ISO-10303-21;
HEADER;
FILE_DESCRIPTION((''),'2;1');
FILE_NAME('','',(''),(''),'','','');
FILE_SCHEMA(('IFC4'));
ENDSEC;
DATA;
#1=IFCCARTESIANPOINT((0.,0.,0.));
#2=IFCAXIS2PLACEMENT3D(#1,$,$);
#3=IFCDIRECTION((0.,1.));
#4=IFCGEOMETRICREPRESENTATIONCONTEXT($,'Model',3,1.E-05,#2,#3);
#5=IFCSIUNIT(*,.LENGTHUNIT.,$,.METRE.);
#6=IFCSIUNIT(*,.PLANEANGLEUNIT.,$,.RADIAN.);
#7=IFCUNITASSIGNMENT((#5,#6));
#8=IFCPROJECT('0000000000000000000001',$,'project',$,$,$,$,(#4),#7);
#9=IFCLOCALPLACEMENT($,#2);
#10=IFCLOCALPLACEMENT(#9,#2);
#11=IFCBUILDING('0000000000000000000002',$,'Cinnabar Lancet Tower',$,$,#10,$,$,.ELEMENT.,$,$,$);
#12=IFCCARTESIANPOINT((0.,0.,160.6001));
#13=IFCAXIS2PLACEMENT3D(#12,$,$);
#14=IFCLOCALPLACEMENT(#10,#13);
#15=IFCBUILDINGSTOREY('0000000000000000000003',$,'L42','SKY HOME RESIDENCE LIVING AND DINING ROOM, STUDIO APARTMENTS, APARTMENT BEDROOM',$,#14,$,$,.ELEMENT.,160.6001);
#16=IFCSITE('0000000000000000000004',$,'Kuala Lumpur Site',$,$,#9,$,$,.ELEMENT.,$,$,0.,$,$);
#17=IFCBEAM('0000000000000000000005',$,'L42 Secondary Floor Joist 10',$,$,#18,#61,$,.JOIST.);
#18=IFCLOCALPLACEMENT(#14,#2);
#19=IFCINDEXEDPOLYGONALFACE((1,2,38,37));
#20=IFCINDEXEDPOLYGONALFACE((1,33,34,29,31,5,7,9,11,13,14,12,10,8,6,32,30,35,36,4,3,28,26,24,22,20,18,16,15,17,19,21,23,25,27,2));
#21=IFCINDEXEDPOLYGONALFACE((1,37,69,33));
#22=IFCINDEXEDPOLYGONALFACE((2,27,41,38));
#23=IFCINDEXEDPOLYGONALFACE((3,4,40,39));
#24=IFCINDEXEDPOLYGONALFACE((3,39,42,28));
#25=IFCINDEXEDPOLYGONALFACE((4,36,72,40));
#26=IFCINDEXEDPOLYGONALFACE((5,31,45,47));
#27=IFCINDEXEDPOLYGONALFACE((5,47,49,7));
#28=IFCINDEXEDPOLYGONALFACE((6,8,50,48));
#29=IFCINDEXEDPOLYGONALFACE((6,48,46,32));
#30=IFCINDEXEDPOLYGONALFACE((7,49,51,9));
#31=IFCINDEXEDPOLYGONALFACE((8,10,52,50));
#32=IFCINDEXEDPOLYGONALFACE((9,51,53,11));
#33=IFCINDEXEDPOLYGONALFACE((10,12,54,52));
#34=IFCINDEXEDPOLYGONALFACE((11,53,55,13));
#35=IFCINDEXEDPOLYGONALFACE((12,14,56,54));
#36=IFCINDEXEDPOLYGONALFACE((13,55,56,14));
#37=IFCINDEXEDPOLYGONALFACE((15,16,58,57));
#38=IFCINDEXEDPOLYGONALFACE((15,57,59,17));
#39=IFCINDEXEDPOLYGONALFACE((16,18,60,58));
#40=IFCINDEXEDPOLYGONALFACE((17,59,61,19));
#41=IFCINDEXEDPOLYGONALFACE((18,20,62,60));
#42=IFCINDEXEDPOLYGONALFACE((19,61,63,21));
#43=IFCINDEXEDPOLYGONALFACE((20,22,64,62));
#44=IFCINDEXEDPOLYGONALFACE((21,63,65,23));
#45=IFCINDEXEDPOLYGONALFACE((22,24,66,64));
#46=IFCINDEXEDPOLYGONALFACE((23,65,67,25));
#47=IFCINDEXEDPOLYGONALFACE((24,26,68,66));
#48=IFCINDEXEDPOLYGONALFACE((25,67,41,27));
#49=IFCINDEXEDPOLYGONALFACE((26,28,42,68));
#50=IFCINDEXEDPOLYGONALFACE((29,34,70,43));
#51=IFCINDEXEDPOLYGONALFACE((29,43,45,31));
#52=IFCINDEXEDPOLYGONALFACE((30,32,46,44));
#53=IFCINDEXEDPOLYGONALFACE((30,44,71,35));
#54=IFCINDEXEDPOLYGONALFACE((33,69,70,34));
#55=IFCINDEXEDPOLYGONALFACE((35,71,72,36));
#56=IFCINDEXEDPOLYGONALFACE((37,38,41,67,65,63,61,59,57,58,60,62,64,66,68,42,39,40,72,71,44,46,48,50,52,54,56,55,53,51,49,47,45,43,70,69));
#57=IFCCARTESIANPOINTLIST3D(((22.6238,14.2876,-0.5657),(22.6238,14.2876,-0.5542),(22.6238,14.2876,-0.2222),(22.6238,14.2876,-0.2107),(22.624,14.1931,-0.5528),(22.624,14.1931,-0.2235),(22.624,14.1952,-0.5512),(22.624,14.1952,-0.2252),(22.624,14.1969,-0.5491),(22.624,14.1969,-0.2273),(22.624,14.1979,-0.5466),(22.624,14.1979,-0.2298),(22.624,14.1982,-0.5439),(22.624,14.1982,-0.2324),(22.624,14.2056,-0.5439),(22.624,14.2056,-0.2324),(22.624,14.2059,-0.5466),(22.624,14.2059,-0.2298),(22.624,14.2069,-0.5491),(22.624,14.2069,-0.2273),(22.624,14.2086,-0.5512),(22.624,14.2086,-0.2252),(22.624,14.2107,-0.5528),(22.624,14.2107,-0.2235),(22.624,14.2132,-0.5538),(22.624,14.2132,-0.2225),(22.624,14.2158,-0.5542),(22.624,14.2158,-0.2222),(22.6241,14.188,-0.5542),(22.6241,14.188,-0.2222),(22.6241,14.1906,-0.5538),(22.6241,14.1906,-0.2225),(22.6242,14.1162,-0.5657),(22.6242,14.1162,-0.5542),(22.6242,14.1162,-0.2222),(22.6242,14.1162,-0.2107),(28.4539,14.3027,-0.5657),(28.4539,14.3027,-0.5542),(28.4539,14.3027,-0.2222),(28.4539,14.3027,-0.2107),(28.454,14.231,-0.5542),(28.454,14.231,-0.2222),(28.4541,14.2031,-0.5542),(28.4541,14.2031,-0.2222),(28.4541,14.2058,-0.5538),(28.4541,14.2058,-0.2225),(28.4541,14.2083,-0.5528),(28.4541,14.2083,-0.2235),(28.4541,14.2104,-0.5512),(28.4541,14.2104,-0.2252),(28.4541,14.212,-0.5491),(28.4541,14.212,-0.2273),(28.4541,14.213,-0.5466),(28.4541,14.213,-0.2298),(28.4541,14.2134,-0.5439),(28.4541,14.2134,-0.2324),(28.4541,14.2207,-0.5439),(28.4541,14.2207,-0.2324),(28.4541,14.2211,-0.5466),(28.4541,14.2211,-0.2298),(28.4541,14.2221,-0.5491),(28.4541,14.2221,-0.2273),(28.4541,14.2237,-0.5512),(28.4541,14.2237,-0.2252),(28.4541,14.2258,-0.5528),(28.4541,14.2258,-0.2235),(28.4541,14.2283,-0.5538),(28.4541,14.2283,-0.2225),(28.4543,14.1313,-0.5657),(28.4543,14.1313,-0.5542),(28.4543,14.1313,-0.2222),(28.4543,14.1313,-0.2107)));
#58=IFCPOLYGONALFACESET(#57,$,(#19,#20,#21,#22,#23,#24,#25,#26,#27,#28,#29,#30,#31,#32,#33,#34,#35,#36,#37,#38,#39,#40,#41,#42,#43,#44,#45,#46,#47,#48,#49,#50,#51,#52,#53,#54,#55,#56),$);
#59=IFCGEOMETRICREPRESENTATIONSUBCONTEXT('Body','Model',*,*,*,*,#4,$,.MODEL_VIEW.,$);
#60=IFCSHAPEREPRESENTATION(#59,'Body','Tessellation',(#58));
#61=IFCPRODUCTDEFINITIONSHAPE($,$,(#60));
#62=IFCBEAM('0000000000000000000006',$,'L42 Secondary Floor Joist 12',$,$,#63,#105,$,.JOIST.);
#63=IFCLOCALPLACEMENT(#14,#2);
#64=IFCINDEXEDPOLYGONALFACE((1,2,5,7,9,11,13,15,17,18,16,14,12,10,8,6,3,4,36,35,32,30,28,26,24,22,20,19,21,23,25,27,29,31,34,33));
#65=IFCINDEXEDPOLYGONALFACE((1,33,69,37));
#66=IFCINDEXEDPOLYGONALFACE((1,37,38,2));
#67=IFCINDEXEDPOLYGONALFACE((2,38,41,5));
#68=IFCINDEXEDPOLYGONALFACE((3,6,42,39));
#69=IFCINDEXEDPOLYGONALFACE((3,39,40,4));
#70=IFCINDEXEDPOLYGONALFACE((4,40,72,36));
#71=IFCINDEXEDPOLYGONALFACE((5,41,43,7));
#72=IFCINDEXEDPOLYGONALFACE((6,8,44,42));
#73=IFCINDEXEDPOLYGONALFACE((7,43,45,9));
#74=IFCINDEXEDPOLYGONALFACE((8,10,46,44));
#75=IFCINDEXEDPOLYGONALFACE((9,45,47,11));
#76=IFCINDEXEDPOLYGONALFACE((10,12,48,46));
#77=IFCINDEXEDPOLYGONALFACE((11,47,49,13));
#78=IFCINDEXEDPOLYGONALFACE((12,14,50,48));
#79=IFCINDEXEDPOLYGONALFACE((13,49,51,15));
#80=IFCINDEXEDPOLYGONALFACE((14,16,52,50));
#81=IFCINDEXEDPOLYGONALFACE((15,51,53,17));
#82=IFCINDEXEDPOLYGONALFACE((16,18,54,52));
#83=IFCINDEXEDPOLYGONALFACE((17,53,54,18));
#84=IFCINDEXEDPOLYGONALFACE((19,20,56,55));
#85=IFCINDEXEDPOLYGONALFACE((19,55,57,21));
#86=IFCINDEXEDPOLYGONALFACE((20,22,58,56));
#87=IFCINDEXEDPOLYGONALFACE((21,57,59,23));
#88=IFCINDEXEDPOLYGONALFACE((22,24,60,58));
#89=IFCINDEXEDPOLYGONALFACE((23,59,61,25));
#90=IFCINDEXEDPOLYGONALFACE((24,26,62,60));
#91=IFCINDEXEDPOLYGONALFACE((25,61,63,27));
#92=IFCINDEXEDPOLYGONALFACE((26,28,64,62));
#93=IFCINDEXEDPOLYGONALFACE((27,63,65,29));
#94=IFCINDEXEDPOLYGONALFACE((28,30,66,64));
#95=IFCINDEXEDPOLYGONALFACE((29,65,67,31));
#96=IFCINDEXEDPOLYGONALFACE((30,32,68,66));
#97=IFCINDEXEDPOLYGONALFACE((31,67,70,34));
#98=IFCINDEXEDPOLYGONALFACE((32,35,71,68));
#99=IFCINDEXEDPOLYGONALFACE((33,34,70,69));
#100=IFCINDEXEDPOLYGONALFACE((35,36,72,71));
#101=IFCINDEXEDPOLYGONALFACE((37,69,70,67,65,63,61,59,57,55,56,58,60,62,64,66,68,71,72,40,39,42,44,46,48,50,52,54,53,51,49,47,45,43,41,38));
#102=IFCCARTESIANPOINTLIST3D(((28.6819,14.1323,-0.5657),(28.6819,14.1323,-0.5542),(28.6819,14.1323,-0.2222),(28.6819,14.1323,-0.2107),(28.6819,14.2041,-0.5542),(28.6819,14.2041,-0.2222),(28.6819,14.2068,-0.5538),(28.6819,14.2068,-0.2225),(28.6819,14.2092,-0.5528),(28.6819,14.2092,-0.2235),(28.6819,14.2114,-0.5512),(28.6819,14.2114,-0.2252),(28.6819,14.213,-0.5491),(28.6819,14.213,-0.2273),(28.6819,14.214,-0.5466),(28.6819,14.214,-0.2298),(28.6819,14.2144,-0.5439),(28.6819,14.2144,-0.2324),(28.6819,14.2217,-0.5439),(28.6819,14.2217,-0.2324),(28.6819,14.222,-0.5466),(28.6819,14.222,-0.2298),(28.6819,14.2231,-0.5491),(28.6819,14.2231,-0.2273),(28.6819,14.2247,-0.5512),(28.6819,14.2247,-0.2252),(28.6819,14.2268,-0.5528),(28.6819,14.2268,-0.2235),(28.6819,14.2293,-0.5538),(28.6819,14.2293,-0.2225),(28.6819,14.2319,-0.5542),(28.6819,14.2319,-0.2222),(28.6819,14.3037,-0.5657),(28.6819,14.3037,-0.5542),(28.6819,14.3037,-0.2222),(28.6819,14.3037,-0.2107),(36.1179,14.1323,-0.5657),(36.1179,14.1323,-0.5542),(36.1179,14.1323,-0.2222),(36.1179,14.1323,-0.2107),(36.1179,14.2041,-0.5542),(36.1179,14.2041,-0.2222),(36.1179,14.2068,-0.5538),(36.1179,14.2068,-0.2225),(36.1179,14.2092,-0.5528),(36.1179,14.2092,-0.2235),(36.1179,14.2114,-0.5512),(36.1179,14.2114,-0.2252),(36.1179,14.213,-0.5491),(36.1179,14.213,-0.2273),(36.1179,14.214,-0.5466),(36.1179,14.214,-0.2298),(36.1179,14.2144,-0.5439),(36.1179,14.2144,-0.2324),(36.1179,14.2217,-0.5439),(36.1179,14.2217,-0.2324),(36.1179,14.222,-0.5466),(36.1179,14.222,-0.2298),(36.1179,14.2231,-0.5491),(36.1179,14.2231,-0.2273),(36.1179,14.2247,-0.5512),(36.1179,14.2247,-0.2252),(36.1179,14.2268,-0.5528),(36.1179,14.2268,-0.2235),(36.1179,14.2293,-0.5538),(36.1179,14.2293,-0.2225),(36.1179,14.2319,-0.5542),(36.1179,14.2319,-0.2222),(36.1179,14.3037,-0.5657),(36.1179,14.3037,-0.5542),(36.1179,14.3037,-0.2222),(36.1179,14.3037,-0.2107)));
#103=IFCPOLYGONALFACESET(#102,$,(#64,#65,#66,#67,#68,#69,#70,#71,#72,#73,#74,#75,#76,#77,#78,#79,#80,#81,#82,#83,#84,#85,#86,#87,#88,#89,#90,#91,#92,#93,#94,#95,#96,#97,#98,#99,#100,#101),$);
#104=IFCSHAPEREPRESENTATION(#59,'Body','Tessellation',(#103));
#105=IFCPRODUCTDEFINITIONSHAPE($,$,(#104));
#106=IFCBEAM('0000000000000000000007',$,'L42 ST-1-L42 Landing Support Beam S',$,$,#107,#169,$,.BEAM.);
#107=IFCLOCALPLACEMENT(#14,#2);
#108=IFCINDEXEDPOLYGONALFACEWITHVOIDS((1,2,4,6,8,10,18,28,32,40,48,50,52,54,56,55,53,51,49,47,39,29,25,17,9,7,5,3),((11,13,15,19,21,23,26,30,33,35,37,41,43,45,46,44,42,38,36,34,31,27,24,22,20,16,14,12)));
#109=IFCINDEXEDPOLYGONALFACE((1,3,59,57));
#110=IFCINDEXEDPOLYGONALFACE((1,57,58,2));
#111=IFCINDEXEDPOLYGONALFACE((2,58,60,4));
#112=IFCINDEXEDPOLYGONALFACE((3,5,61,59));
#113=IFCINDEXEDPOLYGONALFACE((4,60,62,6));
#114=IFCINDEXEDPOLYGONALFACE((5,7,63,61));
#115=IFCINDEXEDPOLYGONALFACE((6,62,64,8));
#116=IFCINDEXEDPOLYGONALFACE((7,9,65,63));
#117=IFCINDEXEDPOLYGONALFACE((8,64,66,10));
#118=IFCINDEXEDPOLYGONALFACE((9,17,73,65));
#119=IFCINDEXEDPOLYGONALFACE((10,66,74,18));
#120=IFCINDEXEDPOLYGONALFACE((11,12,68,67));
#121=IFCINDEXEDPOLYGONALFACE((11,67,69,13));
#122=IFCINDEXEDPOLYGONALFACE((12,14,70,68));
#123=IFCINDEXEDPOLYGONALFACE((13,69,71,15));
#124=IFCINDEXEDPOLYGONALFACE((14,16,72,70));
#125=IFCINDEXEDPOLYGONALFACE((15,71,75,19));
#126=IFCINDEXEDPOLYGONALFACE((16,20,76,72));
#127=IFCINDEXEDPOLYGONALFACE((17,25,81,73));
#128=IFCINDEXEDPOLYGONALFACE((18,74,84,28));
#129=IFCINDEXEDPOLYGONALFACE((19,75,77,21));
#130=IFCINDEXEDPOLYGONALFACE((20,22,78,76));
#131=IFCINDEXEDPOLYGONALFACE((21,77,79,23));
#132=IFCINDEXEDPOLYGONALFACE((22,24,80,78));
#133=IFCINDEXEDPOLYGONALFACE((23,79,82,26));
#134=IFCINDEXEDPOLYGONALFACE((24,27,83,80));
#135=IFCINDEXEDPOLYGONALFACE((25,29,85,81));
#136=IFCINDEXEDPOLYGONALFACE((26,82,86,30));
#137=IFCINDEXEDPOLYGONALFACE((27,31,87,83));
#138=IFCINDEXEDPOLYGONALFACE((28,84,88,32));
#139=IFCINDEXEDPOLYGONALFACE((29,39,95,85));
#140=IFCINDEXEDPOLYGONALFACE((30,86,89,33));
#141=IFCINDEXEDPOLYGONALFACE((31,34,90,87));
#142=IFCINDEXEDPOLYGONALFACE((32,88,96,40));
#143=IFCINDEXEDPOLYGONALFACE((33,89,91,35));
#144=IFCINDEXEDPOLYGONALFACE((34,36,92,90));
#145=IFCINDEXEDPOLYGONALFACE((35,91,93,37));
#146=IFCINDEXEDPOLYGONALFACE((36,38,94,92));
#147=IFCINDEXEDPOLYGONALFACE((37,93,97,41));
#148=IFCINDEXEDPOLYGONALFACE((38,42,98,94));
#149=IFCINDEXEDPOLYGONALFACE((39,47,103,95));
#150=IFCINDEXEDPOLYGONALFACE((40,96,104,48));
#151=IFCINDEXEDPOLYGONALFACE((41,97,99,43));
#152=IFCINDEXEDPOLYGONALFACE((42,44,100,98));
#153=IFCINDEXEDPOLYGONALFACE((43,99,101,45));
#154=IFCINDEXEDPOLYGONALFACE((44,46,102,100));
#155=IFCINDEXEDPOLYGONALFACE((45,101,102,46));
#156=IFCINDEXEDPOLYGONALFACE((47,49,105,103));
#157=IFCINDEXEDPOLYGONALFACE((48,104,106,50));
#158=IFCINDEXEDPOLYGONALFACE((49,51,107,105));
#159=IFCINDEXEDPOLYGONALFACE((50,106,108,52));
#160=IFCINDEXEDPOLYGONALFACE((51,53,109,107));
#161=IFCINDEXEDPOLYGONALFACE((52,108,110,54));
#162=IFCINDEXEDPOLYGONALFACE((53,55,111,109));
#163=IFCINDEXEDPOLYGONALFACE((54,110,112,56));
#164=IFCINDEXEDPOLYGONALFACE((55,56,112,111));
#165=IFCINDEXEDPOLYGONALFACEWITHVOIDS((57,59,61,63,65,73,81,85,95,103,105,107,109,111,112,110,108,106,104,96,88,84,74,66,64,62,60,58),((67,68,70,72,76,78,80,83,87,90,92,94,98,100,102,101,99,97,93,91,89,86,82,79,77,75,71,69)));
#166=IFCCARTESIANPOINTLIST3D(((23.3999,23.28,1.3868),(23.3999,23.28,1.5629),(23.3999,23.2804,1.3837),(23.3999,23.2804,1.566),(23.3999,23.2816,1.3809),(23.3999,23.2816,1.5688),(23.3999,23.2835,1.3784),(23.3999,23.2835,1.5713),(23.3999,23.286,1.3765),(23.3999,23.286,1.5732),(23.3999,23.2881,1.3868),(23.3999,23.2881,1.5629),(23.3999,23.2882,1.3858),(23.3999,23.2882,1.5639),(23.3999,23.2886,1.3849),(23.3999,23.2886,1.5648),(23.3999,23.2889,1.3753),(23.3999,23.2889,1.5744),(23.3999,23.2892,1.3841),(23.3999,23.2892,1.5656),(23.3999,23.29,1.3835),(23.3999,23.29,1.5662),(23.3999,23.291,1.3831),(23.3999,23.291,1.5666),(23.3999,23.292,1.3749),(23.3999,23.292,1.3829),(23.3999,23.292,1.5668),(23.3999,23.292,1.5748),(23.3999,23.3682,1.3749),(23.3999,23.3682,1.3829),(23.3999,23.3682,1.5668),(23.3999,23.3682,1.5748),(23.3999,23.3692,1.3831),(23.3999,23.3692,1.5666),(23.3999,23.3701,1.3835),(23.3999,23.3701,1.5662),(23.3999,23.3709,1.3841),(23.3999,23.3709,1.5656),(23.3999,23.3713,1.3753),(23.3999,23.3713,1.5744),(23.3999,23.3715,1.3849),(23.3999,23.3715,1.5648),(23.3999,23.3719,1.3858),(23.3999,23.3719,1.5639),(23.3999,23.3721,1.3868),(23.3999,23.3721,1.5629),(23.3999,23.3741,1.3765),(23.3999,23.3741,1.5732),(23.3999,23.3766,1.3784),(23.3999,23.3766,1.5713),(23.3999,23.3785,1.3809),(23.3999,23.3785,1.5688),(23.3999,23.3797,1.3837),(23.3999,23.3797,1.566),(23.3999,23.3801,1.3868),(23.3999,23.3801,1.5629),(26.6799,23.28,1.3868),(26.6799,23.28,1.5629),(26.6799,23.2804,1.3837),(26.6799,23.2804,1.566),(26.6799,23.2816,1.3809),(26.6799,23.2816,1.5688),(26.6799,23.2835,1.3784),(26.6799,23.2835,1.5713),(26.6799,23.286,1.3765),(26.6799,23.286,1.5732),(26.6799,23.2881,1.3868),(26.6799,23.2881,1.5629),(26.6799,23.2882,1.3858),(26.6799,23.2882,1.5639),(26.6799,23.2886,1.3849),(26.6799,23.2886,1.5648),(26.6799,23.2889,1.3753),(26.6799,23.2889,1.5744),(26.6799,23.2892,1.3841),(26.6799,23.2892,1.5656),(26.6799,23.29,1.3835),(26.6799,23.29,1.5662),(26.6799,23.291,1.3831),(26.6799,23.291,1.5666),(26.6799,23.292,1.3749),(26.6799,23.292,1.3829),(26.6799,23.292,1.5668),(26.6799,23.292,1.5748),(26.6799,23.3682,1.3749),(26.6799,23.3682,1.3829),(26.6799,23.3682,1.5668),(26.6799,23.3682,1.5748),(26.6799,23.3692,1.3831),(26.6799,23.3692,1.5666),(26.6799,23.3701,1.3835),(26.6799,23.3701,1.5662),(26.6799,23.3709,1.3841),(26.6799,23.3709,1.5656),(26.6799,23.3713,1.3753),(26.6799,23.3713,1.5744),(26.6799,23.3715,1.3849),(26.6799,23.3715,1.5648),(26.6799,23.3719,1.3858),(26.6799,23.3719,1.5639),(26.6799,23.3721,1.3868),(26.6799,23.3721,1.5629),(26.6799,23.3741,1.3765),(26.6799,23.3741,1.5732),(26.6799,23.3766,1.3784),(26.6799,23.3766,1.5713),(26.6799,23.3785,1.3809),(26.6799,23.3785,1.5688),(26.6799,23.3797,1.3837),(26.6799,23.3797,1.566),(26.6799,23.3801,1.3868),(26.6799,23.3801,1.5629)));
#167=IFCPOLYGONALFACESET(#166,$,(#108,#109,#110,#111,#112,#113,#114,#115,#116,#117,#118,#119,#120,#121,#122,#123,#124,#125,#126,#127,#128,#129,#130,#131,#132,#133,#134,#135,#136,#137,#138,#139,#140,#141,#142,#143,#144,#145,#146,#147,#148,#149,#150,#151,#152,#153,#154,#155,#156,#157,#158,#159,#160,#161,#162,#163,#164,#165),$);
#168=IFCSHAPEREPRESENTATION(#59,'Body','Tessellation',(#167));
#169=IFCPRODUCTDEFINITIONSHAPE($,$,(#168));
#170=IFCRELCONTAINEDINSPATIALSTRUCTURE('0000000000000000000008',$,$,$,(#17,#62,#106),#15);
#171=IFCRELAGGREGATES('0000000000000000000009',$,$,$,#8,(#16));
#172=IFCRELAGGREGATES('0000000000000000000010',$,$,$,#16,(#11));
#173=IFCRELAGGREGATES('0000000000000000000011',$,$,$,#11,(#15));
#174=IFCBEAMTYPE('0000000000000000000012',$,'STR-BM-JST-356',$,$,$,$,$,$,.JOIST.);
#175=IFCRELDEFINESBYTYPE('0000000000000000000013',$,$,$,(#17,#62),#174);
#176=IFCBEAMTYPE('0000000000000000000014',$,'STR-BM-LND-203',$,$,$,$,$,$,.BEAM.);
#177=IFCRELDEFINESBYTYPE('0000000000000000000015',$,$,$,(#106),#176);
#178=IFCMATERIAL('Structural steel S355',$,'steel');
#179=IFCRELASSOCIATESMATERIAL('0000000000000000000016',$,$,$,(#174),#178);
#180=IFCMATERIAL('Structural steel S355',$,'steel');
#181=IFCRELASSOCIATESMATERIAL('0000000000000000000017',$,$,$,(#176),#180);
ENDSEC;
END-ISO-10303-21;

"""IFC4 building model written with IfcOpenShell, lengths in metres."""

from ifc_helpers import new_model, si_unit, direction, frame, origin, origin_2d, place, context, subcontext, project, spatial, hollow_rectangle, i_section, extrude, material, material_profile, profile_set, type_object, element, save


model = new_model("IFC4")

# Units and contexts
model_context = context("Model", 3, precision=1e-05, world=origin(), true_north=direction((0.0, 1.0)))
body_context = subcontext(model_context, "Body", "Model", "MODEL_VIEW")
ifc_project = project(units=[si_unit("LENGTHUNIT", "METRE"), si_unit("PLANEANGLEUNIT", "RADIAN")], contexts=[model_context])

# Site, building, storey
site_placement = place(None, origin())
site = spatial("IfcSite", under=ifc_project, at=site_placement, Name="Kuala Lumpur Site", CompositionType="ELEMENT", RefElevation=0.0)
building_placement = place(site_placement, origin())
building = spatial("IfcBuilding", under=site, at=building_placement, Name="Cinnabar Lancet Tower", CompositionType="ELEMENT")
storey_placement = place(building_placement, frame((0.0, 0.0, 160.6001)))
storey = spatial("IfcBuildingStorey", under=building, at=storey_placement, Name="L42", Description="SKY HOME RESIDENCE LIVING AND DINING ROOM, STUDIO APARTMENTS, APARTMENT BEDROOM", CompositionType="ELEMENT", Elevation=160.6001)

# Beams
ifc_material_1 = material(Name="Structural steel S355", Category="steel")
ifc_material_profile_1 = material_profile(ifc_material_1, i_section(OverallWidth=0.1714, OverallDepth=0.355, WebThickness=0.0073, FlangeThickness=0.0115, FilletRadius=0.0103, at=origin_2d()), Name="UKB 356x171x51")
ifc_profile_set_1 = profile_set([ifc_material_profile_1], Name="Structural steel S355")
beam_type_1 = type_object("IfcBeamType", Name="STR-BM-JST-356", PredefinedType="JOIST", material=ifc_profile_set_1)
beam_1_placement = place(storey_placement, frame((22.624, 14.2019, -0.3882), z_axis=(0.999997, 0.002596, 0.0), x_axis=(-0.002596, 0.999997, 0.0)))
element("IfcBeam", 1, at=beam_1_placement, inside=storey, type_object=beam_type_1, Name="L42 Secondary Floor Joist 10", PredefinedType="JOIST", context=body_context, shape_type="SweptSolid", body=[
    extrude(i_section(OverallWidth=0.1714, OverallDepth=0.355, WebThickness=0.0073, FlangeThickness=0.0115, FilletRadius=0.0103, at=origin_2d()), origin(), (0.0, 0.0, 1.0), 5.8301),
])
beam_2_placement = place(storey_placement, frame((28.6819, 14.218, -0.3882), z_axis=(1.0, 0.0, 0.0), x_axis=(0.0, 1.0, 0.0)))
element("IfcBeam", 2, at=beam_2_placement, inside=storey, type_object=beam_type_1, Name="L42 Secondary Floor Joist 12", PredefinedType="JOIST", context=body_context, shape_type="SweptSolid", body=[
    extrude(i_section(OverallWidth=0.1714, OverallDepth=0.355, WebThickness=0.0073, FlangeThickness=0.0115, FilletRadius=0.0103, at=origin_2d()), origin(), (0.0, 0.0, 1.0), 7.436),
])
ifc_material_2 = material(Name="Structural steel S355", Category="steel")
ifc_material_profile_2 = material_profile(ifc_material_2, hollow_rectangle(XDim=0.1001, YDim=0.2, WallThickness=0.0081, InnerFilletRadius=0.0039, OuterFilletRadius=0.012, at=origin_2d()), Name="RHS 200x100x8")
ifc_profile_set_2 = profile_set([ifc_material_profile_2], Name="Structural steel S355")
beam_type_2 = type_object("IfcBeamType", Name="STR-BM-LND-203", PredefinedType="BEAM", material=ifc_profile_set_2)
beam_3_placement = place(storey_placement, frame((23.3999, 23.3301, 1.4749), z_axis=(1.0, 0.0, 0.0), x_axis=(0.0, 1.0, 0.0)))
element("IfcBeam", 3, at=beam_3_placement, inside=storey, type_object=beam_type_2, Name="L42 ST-1-L42 Landing Support Beam S", PredefinedType="BEAM", context=body_context, shape_type="SweptSolid", body=[
    extrude(hollow_rectangle(XDim=0.1001, YDim=0.2, WallThickness=0.0081, InnerFilletRadius=0.0039, OuterFilletRadius=0.012, at=origin_2d()), origin(), (0.0, 0.0, 1.0), 3.28),
])

save(model, "model.ifc")
